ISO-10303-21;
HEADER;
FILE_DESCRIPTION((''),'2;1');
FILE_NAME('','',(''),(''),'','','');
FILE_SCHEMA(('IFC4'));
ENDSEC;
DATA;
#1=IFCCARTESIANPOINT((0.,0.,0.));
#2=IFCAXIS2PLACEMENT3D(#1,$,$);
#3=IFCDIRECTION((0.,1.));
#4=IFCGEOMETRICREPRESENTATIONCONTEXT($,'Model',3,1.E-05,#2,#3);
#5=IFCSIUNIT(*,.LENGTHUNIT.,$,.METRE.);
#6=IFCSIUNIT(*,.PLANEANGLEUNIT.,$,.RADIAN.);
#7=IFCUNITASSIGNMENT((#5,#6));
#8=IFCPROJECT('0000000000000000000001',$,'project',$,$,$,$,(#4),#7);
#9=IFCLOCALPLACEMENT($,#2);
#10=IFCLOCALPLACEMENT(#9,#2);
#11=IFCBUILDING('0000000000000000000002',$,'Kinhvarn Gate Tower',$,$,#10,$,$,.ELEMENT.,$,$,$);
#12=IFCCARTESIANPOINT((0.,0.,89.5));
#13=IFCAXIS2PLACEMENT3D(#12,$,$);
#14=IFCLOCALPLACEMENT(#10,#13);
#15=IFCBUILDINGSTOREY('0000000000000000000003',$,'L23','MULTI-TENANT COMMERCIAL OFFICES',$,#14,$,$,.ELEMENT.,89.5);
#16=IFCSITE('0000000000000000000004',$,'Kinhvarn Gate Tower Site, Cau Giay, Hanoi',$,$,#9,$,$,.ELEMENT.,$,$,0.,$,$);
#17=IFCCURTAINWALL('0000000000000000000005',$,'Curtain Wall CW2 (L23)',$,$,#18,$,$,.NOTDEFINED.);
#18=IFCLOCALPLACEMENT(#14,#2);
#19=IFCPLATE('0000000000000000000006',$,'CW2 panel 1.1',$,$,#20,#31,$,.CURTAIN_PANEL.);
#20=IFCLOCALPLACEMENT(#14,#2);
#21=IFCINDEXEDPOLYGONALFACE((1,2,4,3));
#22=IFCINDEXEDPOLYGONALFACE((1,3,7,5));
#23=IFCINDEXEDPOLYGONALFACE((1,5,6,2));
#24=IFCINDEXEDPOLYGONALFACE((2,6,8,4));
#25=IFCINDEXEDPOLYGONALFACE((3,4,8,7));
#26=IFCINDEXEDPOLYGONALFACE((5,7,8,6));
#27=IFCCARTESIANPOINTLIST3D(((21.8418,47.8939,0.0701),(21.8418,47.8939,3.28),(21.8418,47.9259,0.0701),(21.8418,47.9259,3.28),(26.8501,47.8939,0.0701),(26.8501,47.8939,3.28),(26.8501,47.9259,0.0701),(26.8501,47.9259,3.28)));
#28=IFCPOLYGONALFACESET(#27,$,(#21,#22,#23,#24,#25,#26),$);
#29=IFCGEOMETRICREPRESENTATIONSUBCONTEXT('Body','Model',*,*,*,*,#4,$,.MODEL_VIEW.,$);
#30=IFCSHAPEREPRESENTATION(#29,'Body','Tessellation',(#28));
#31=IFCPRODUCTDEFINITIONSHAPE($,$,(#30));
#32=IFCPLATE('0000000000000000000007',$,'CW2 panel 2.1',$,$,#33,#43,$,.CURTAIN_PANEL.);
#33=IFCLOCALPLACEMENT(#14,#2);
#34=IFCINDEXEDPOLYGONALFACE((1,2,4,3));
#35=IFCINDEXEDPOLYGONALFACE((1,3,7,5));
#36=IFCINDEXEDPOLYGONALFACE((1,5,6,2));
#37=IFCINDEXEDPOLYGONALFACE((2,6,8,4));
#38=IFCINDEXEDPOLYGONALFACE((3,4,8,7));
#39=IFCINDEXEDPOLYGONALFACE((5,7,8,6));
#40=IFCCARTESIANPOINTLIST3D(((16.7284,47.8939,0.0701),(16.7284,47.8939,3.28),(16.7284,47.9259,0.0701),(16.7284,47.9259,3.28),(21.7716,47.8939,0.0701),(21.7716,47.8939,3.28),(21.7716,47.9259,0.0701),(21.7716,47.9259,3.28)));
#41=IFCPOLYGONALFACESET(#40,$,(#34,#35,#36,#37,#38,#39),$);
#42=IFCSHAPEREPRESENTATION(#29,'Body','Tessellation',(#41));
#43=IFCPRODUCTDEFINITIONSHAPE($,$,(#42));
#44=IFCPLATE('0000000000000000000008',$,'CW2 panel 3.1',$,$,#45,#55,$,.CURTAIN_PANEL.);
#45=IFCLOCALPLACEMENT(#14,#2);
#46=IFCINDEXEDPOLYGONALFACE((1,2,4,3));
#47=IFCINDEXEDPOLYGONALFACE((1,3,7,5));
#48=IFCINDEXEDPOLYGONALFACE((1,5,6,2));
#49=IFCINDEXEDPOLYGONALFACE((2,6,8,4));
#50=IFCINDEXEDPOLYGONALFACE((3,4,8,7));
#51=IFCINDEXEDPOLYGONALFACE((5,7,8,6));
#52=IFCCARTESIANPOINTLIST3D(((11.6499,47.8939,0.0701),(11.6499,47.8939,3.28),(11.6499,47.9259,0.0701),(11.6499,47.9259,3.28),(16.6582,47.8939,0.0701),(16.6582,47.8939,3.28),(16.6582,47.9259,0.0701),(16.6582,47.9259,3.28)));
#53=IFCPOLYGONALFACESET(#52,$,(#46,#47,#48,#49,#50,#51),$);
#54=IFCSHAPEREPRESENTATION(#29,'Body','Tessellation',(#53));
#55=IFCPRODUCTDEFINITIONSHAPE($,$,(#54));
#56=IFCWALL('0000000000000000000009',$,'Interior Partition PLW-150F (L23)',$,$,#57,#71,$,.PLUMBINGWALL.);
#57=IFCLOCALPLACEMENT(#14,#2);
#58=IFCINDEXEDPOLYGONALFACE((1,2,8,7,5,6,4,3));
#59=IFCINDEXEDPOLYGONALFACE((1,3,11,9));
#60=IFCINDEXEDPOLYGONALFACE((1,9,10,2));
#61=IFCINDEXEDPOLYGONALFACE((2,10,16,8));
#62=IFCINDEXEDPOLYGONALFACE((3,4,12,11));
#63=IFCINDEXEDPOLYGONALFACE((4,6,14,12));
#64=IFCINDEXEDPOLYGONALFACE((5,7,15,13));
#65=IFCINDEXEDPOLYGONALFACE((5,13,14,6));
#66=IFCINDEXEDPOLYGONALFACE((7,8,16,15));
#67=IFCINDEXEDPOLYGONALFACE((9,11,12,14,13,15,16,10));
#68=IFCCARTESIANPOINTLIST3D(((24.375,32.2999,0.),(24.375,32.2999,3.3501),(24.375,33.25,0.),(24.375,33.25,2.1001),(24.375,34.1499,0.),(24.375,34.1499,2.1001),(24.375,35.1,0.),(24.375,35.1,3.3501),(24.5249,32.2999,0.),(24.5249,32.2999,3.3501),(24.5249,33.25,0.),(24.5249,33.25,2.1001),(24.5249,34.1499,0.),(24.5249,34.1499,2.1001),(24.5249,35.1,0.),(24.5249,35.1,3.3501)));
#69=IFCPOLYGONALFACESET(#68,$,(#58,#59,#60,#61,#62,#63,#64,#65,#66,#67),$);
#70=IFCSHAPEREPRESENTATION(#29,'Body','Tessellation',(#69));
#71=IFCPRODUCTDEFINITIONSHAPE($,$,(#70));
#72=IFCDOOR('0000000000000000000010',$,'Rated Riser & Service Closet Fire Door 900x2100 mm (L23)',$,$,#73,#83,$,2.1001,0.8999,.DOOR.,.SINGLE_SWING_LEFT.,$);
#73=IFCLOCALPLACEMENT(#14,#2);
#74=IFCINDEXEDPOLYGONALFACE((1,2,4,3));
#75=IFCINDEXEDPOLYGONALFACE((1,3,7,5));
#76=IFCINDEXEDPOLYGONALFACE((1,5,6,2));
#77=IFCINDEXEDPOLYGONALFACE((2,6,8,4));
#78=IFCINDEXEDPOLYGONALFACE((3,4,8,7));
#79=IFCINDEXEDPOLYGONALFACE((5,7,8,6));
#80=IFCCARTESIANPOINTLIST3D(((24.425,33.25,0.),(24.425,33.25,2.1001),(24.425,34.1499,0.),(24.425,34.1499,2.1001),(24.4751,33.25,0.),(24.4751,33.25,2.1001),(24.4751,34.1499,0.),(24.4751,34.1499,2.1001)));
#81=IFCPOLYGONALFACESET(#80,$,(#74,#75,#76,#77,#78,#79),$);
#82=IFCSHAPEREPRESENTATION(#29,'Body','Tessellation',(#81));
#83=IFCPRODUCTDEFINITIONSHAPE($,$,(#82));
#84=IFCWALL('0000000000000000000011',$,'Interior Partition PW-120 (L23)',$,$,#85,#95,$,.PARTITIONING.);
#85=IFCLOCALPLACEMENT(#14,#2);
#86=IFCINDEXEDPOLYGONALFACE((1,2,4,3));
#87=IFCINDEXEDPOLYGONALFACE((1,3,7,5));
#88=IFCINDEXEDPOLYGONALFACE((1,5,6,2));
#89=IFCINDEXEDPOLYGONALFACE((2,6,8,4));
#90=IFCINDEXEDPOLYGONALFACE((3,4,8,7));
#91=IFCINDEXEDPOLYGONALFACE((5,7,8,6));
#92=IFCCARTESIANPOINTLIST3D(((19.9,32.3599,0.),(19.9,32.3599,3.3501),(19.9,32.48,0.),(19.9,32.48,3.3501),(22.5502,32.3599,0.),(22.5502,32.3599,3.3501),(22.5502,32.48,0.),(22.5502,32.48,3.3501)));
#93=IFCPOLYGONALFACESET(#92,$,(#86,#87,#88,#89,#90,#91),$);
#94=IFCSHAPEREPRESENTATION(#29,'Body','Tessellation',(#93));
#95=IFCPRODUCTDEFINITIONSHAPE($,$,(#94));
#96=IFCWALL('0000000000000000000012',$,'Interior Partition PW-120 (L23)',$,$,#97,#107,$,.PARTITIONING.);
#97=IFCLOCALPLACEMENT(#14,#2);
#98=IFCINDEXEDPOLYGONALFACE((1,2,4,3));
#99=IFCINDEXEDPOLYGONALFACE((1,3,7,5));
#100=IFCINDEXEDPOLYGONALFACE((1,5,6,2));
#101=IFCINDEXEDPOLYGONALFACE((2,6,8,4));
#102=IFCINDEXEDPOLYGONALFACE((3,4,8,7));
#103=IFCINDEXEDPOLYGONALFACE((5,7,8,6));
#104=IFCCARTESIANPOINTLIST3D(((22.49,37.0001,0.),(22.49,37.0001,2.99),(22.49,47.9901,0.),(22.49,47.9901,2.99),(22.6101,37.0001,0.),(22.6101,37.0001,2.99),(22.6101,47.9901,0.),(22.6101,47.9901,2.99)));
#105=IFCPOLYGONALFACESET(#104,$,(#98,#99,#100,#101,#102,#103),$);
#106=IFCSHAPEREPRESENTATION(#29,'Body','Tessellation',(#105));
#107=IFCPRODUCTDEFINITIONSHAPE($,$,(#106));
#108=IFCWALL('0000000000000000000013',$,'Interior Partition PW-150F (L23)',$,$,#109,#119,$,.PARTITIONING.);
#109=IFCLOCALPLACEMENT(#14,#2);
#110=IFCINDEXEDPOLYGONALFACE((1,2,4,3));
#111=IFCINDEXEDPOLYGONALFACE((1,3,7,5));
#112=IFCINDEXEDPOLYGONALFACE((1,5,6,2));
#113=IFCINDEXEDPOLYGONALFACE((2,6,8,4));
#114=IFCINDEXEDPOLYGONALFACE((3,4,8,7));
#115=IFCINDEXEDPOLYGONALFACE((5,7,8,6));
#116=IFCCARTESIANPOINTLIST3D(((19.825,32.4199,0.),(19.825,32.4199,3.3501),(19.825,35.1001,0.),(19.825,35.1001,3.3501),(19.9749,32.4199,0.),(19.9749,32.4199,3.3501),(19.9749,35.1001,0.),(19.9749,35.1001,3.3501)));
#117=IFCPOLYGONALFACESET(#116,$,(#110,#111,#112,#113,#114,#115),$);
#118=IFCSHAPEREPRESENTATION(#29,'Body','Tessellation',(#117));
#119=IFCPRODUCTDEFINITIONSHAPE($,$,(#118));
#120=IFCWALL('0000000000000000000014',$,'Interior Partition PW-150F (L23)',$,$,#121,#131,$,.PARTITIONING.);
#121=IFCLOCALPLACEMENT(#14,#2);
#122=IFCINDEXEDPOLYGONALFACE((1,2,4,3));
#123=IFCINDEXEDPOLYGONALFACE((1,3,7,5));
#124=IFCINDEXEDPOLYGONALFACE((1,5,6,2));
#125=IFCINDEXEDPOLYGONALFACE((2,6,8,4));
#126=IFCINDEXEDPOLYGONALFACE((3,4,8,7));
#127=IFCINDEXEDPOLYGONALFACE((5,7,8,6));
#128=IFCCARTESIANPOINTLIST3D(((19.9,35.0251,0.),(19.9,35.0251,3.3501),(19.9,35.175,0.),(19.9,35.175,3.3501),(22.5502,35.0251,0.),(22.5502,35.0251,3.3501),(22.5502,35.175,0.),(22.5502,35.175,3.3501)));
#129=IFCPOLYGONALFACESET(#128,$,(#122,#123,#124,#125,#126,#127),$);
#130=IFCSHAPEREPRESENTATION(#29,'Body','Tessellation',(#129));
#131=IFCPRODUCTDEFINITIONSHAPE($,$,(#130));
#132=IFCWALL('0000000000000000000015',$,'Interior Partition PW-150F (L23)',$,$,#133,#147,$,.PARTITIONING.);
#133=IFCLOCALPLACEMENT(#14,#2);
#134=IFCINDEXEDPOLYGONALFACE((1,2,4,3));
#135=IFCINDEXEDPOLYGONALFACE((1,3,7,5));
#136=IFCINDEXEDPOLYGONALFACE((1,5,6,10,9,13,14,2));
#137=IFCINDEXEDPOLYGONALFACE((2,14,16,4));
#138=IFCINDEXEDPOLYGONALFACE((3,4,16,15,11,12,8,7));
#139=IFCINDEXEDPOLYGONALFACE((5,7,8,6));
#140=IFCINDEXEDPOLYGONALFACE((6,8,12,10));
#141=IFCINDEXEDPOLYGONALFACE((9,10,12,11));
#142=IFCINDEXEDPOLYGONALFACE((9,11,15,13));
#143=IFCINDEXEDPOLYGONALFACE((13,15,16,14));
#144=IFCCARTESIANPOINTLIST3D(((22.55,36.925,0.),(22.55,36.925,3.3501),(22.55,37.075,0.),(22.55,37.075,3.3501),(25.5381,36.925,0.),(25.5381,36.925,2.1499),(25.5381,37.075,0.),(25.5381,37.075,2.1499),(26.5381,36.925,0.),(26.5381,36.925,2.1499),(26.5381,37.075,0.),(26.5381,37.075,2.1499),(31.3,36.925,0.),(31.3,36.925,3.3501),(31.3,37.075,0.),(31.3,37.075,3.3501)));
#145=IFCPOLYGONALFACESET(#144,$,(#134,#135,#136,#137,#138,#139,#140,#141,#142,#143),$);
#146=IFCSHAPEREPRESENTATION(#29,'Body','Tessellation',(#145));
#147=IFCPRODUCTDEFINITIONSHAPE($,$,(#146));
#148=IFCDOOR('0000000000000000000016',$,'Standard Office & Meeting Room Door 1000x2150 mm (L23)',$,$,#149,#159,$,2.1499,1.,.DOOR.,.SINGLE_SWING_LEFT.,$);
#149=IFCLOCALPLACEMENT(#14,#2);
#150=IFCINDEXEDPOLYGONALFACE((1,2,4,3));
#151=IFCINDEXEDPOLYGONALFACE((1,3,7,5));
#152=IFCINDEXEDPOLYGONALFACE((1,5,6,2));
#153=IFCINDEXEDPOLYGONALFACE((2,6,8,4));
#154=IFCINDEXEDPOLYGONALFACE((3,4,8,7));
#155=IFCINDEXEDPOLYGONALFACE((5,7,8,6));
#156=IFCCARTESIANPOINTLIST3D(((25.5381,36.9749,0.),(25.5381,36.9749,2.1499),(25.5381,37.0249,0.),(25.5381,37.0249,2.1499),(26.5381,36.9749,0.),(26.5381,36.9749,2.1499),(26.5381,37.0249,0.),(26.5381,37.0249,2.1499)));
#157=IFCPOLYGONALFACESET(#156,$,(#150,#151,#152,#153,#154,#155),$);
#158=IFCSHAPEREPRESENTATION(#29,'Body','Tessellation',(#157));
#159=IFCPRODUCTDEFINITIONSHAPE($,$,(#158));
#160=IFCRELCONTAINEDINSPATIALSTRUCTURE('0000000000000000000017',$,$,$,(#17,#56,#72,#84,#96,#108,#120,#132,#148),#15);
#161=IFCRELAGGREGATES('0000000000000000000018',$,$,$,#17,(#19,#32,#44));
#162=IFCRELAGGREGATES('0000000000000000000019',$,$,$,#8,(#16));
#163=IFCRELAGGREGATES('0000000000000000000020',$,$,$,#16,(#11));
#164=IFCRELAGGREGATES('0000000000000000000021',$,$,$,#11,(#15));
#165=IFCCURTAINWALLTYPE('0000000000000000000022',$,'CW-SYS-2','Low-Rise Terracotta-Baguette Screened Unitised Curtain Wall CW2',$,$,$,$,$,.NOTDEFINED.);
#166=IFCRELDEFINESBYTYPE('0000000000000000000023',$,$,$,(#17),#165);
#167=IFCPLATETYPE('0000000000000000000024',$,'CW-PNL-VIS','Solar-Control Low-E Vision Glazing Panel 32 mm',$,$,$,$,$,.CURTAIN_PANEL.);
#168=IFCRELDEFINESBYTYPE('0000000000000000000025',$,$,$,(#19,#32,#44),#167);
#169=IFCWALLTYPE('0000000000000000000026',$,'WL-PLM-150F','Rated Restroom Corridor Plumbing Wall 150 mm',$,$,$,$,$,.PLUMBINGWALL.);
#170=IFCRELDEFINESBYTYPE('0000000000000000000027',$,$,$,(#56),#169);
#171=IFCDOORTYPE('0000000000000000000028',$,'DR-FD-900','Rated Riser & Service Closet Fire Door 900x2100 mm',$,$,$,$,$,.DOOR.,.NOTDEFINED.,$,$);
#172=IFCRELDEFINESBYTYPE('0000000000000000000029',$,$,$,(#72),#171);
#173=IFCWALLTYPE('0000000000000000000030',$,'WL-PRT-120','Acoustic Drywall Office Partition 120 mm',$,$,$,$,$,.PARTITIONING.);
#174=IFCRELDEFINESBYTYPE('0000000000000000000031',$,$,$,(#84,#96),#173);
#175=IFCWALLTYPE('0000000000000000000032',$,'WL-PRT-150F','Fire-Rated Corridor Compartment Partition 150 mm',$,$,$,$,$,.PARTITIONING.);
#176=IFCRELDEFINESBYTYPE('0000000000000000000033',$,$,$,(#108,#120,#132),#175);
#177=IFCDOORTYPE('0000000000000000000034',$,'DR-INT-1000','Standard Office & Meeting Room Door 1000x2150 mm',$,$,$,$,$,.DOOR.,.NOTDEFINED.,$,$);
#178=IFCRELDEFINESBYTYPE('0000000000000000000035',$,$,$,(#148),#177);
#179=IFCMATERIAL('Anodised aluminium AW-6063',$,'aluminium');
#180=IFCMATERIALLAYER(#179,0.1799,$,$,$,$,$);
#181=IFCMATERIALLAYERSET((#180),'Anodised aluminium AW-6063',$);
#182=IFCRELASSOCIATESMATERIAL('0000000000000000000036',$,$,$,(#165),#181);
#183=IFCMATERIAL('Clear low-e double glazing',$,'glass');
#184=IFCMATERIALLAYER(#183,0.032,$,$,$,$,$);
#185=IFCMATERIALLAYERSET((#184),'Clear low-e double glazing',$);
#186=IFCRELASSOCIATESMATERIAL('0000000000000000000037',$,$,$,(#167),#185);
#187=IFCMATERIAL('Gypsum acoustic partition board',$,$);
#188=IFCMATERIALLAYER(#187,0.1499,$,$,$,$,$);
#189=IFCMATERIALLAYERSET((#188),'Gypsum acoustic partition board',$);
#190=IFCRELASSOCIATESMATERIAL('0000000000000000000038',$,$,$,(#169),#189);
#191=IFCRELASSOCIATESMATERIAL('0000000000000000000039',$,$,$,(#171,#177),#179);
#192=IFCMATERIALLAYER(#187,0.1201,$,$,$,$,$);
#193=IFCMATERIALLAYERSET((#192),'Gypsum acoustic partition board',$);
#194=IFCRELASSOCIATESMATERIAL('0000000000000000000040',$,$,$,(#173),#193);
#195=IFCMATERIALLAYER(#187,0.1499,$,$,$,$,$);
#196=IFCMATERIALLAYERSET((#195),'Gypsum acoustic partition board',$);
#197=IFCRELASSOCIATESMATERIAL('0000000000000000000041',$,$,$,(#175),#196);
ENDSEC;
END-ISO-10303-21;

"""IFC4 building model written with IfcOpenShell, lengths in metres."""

from ifc_helpers import new_model, si_unit, direction, frame, frame_2d, origin, origin_2d, place, context, subcontext, project, spatial, rectangle, extrude, material, layer, layer_set, type_object, element, fill, aggregate, save


model = new_model("IFC4")

# Units and contexts
model_context = context("Model", 3, precision=1e-05, world=origin(), true_north=direction((0.0, 1.0)))
body_context = subcontext(model_context, "Body", "Model", "MODEL_VIEW")
ifc_project = project(units=[si_unit("LENGTHUNIT", "METRE"), si_unit("PLANEANGLEUNIT", "RADIAN")], contexts=[model_context])

# Site, building, storey
site_placement = place(None, origin())
site = spatial("IfcSite", under=ifc_project, at=site_placement, Name="Kinhvarn Gate Tower Site, Cau Giay, Hanoi", CompositionType="ELEMENT", RefElevation=0.0)
building_placement = place(site_placement, origin())
building = spatial("IfcBuilding", under=site, at=building_placement, Name="Kinhvarn Gate Tower", CompositionType="ELEMENT")
storey_placement = place(building_placement, frame((0.0, 0.0, 89.5)))
storey = spatial("IfcBuildingStorey", under=building, at=storey_placement, Name="L23", Description="MULTI-TENANT COMMERCIAL OFFICES", CompositionType="ELEMENT", Elevation=89.5)

# Curtain wall
ifc_material_1 = material(Name="Anodised aluminium AW-6063", Category="aluminium")
ifc_layer_1 = layer(ifc_material_1, 0.1799)
ifc_layer_set_1 = layer_set([ifc_layer_1], Name="Anodised aluminium AW-6063")
curtain_wall_type = type_object("IfcCurtainWallType", Name="CW-SYS-2", Description="Low-Rise Terracotta-Baguette Screened Unitised Curtain Wall CW2", PredefinedType="NOTDEFINED", material=ifc_layer_set_1)
curtain_wall_placement = place(storey_placement, origin())
curtain_wall = element("IfcCurtainWall", 1, at=curtain_wall_placement, inside=storey, type_object=curtain_wall_type, Name="Curtain Wall CW2 (L23)", PredefinedType="NOTDEFINED")

# Plates
ifc_material_2 = material(Name="Clear low-e double glazing", Category="glass")
ifc_layer_2 = layer(ifc_material_2, 0.032)
ifc_layer_set_2 = layer_set([ifc_layer_2], Name="Clear low-e double glazing")
plate_type = type_object("IfcPlateType", Name="CW-PNL-VIS", Description="Solar-Control Low-E Vision Glazing Panel 32 mm", PredefinedType="CURTAIN_PANEL", material=ifc_layer_set_2)
plate_1_placement = place(storey_placement, frame((24.3459, 47.9099, 0.0701), z_axis=(0.0, 0.0, 1.0), x_axis=(-1.0, 0.0, 0.0)))
plate_1 = element("IfcPlate", 2, at=plate_1_placement, type_object=plate_type, Name="CW2 panel 1.1", PredefinedType="CURTAIN_PANEL", context=body_context, shape_type="SweptSolid", body=[
    extrude(rectangle(XDim=5.0083, YDim=0.032, at=origin_2d()), origin(), (0.0, 0.0, 1.0), 3.21),
])
plate_2_placement = place(storey_placement, frame((19.25, 47.9099, 0.0701), z_axis=(0.0, 0.0, 1.0), x_axis=(-1.0, 0.0, 0.0)))
plate_2 = element("IfcPlate", 3, at=plate_2_placement, type_object=plate_type, Name="CW2 panel 2.1", PredefinedType="CURTAIN_PANEL", context=body_context, shape_type="SweptSolid", body=[
    extrude(rectangle(XDim=5.0432, YDim=0.032, at=origin_2d()), origin(), (0.0, 0.0, 1.0), 3.21),
])
plate_3_placement = place(storey_placement, frame((14.1541, 47.9099, 0.0701), z_axis=(0.0, 0.0, 1.0), x_axis=(-1.0, 0.0, 0.0)))
plate_3 = element("IfcPlate", 4, at=plate_3_placement, type_object=plate_type, Name="CW2 panel 3.1", PredefinedType="CURTAIN_PANEL", context=body_context, shape_type="SweptSolid", body=[
    extrude(rectangle(XDim=5.0083, YDim=0.032, at=origin_2d()), origin(), (0.0, 0.0, 1.0), 3.21),
])
aggregate(curtain_wall, [plate_1, plate_2, plate_3])

# Wall, opening, door
ifc_material_3 = material(Name="Gypsum acoustic partition board")
ifc_layer_3 = layer(ifc_material_3, 0.1499)
ifc_layer_set_3 = layer_set([ifc_layer_3], Name="Gypsum acoustic partition board")
wall_type_1 = type_object("IfcWallType", Name="WL-PLM-150F", Description="Rated Restroom Corridor Plumbing Wall 150 mm", PredefinedType="PLUMBINGWALL", material=ifc_layer_set_3)
wall_1_placement = place(storey_placement, frame((24.45, 32.3, 0.0), z_axis=(0.0, 0.0, 1.0), x_axis=(0.0, 1.0, 0.0)))
wall_1 = element("IfcWall", 5, at=wall_1_placement, inside=storey, type_object=wall_type_1, Name="Interior Partition PLW-150F (L23)", PredefinedType="PLUMBINGWALL", context=body_context, shape_type="SweptSolid", body=[
    extrude(rectangle(XDim=2.8, YDim=0.1499, at=frame_2d((1.3999, 0.0))), origin(), (0.0, 0.0, 1.0), 3.3501),
])
opening_1_placement = place(wall_1_placement, frame((0.95, 0.0, 0.0)))
opening_1 = element("IfcOpeningElement", 6, at=opening_1_placement, cuts=wall_1, PredefinedType="OPENING", context=body_context, shape_type="SweptSolid", body=[
    extrude(rectangle(XDim=0.8999, YDim=2.1001, at=frame_2d((0.45, 1.05))), frame((0.0, 0.085, 0.0), z_axis=(0.0, -1.0, 0.0), x_axis=(1.0, 0.0, 0.0)), (0.0, 0.0, 1.0), 0.1699),
])
door_type_1 = type_object("IfcDoorType", Name="DR-FD-900", Description="Rated Riser & Service Closet Fire Door 900x2100 mm", OperationType="NOTDEFINED", PredefinedType="DOOR", material=ifc_material_1)
door_1_placement = place(opening_1_placement, origin())
door_1 = element("IfcDoor", 7, at=door_1_placement, inside=storey, type_object=door_type_1, Name="Rated Riser & Service Closet Fire Door 900x2100 mm (L23)", OperationType="SINGLE_SWING_LEFT", OverallHeight=2.1001, OverallWidth=0.8999, PredefinedType="DOOR", context=body_context, shape_type="SweptSolid", body=[
    extrude(rectangle(XDim=0.8999, YDim=2.1001, at=frame_2d((0.45, 1.05))), frame((0.0, 0.0249, 0.0), z_axis=(0.0, -1.0, 0.0), x_axis=(1.0, 0.0, 0.0)), (0.0, 0.0, 1.0), 0.05),
])
fill(opening_1, door_1)

# Walls
ifc_layer_4 = layer(ifc_material_3, 0.1201)
ifc_layer_set_4 = layer_set([ifc_layer_4], Name="Gypsum acoustic partition board")
wall_type_2 = type_object("IfcWallType", Name="WL-PRT-120", Description="Acoustic Drywall Office Partition 120 mm", PredefinedType="PARTITIONING", material=ifc_layer_set_4)
wall_2_placement = place(storey_placement, frame((19.8999, 32.4199, 0.0), z_axis=(0.0, 0.0, 1.0), x_axis=(1.0, 0.0, 0.0)))
element("IfcWall", 8, at=wall_2_placement, inside=storey, type_object=wall_type_2, Name="Interior Partition PW-120 (L23)", PredefinedType="PARTITIONING", context=body_context, shape_type="SweptSolid", body=[
    extrude(rectangle(XDim=2.6501, YDim=0.1201, at=frame_2d((1.3252, 0.0))), origin(), (0.0, 0.0, 1.0), 3.3501),
])
wall_3_placement = place(storey_placement, frame((22.55, 37.0, 0.0), z_axis=(0.0, 0.0, 1.0), x_axis=(0.0, 1.0, 0.0)))
element("IfcWall", 9, at=wall_3_placement, inside=storey, type_object=wall_type_2, Name="Interior Partition PW-120 (L23)", PredefinedType="PARTITIONING", context=body_context, shape_type="SweptSolid", body=[
    extrude(rectangle(XDim=10.99, YDim=0.1201, at=frame_2d((5.4951, 0.0))), origin(), (0.0, 0.0, 1.0), 2.99),
])

# Shared definitions
ifc_layer_5 = layer(ifc_material_3, 0.1499)
ifc_layer_set_5 = layer_set([ifc_layer_5], Name="Gypsum acoustic partition board")
wall_type_3 = type_object("IfcWallType", Name="WL-PRT-150F", Description="Fire-Rated Corridor Compartment Partition 150 mm", PredefinedType="PARTITIONING", material=ifc_layer_set_5)
door_type_2 = type_object("IfcDoorType", Name="DR-INT-1000", Description="Standard Office & Meeting Room Door 1000x2150 mm", OperationType="NOTDEFINED", PredefinedType="DOOR", material=ifc_material_1)

# Walls
wall_4_placement = place(storey_placement, frame((19.8999, 32.4199, 0.0), z_axis=(0.0, 0.0, 1.0), x_axis=(0.0, 1.0, 0.0)))
element("IfcWall", 10, at=wall_4_placement, inside=storey, type_object=wall_type_3, Name="Interior Partition PW-150F (L23)", PredefinedType="PARTITIONING", context=body_context, shape_type="SweptSolid", body=[
    extrude(rectangle(XDim=2.6802, YDim=0.1499, at=frame_2d((1.3401, 0.0))), origin(), (0.0, 0.0, 1.0), 3.3501),
])
wall_5_placement = place(storey_placement, frame((19.8999, 35.1001, 0.0), z_axis=(0.0, 0.0, 1.0), x_axis=(1.0, 0.0, 0.0)))
element("IfcWall", 11, at=wall_5_placement, inside=storey, type_object=wall_type_3, Name="Interior Partition PW-150F (L23)", PredefinedType="PARTITIONING", context=body_context, shape_type="SweptSolid", body=[
    extrude(rectangle(XDim=2.6501, YDim=0.1499, at=frame_2d((1.3252, 0.0))), origin(), (0.0, 0.0, 1.0), 3.3501),
])

# Wall, opening, door
wall_6_placement = place(storey_placement, frame((22.55, 37.0, 0.0), z_axis=(0.0, 0.0, 1.0), x_axis=(1.0, 0.0, 0.0)))
wall_6 = element("IfcWall", 12, at=wall_6_placement, inside=storey, type_object=wall_type_3, Name="Interior Partition PW-150F (L23)", PredefinedType="PARTITIONING", context=body_context, shape_type="SweptSolid", body=[
    extrude(rectangle(XDim=8.75, YDim=0.1499, at=frame_2d((4.375, 0.0))), origin(), (0.0, 0.0, 1.0), 3.3501),
])
opening_2_placement = place(wall_6_placement, frame((2.988, 0.0, 0.0)))
opening_2 = element("IfcOpeningElement", 13, at=opening_2_placement, cuts=wall_6, PredefinedType="OPENING", context=body_context, shape_type="SweptSolid", body=[
    extrude(rectangle(XDim=1.0, YDim=2.1499, at=frame_2d((0.5, 1.075))), frame((0.0, 0.085, 0.0), z_axis=(0.0, -1.0, 0.0), x_axis=(1.0, 0.0, 0.0)), (0.0, 0.0, 1.0), 0.1699),
])
door_2_placement = place(opening_2_placement, origin())
door_2 = element("IfcDoor", 14, at=door_2_placement, inside=storey, type_object=door_type_2, Name="Standard Office & Meeting Room Door 1000x2150 mm (L23)", OperationType="SINGLE_SWING_LEFT", OverallHeight=2.1499, OverallWidth=1.0, PredefinedType="DOOR", context=body_context, shape_type="SweptSolid", body=[
    extrude(rectangle(XDim=1.0, YDim=2.1499, at=frame_2d((0.5, 1.075))), frame((0.0, 0.0249, 0.0), z_axis=(0.0, -1.0, 0.0), x_axis=(1.0, 0.0, 0.0)), (0.0, 0.0, 1.0), 0.05),
])
fill(opening_2, door_2)

save(model, "model.ifc")
